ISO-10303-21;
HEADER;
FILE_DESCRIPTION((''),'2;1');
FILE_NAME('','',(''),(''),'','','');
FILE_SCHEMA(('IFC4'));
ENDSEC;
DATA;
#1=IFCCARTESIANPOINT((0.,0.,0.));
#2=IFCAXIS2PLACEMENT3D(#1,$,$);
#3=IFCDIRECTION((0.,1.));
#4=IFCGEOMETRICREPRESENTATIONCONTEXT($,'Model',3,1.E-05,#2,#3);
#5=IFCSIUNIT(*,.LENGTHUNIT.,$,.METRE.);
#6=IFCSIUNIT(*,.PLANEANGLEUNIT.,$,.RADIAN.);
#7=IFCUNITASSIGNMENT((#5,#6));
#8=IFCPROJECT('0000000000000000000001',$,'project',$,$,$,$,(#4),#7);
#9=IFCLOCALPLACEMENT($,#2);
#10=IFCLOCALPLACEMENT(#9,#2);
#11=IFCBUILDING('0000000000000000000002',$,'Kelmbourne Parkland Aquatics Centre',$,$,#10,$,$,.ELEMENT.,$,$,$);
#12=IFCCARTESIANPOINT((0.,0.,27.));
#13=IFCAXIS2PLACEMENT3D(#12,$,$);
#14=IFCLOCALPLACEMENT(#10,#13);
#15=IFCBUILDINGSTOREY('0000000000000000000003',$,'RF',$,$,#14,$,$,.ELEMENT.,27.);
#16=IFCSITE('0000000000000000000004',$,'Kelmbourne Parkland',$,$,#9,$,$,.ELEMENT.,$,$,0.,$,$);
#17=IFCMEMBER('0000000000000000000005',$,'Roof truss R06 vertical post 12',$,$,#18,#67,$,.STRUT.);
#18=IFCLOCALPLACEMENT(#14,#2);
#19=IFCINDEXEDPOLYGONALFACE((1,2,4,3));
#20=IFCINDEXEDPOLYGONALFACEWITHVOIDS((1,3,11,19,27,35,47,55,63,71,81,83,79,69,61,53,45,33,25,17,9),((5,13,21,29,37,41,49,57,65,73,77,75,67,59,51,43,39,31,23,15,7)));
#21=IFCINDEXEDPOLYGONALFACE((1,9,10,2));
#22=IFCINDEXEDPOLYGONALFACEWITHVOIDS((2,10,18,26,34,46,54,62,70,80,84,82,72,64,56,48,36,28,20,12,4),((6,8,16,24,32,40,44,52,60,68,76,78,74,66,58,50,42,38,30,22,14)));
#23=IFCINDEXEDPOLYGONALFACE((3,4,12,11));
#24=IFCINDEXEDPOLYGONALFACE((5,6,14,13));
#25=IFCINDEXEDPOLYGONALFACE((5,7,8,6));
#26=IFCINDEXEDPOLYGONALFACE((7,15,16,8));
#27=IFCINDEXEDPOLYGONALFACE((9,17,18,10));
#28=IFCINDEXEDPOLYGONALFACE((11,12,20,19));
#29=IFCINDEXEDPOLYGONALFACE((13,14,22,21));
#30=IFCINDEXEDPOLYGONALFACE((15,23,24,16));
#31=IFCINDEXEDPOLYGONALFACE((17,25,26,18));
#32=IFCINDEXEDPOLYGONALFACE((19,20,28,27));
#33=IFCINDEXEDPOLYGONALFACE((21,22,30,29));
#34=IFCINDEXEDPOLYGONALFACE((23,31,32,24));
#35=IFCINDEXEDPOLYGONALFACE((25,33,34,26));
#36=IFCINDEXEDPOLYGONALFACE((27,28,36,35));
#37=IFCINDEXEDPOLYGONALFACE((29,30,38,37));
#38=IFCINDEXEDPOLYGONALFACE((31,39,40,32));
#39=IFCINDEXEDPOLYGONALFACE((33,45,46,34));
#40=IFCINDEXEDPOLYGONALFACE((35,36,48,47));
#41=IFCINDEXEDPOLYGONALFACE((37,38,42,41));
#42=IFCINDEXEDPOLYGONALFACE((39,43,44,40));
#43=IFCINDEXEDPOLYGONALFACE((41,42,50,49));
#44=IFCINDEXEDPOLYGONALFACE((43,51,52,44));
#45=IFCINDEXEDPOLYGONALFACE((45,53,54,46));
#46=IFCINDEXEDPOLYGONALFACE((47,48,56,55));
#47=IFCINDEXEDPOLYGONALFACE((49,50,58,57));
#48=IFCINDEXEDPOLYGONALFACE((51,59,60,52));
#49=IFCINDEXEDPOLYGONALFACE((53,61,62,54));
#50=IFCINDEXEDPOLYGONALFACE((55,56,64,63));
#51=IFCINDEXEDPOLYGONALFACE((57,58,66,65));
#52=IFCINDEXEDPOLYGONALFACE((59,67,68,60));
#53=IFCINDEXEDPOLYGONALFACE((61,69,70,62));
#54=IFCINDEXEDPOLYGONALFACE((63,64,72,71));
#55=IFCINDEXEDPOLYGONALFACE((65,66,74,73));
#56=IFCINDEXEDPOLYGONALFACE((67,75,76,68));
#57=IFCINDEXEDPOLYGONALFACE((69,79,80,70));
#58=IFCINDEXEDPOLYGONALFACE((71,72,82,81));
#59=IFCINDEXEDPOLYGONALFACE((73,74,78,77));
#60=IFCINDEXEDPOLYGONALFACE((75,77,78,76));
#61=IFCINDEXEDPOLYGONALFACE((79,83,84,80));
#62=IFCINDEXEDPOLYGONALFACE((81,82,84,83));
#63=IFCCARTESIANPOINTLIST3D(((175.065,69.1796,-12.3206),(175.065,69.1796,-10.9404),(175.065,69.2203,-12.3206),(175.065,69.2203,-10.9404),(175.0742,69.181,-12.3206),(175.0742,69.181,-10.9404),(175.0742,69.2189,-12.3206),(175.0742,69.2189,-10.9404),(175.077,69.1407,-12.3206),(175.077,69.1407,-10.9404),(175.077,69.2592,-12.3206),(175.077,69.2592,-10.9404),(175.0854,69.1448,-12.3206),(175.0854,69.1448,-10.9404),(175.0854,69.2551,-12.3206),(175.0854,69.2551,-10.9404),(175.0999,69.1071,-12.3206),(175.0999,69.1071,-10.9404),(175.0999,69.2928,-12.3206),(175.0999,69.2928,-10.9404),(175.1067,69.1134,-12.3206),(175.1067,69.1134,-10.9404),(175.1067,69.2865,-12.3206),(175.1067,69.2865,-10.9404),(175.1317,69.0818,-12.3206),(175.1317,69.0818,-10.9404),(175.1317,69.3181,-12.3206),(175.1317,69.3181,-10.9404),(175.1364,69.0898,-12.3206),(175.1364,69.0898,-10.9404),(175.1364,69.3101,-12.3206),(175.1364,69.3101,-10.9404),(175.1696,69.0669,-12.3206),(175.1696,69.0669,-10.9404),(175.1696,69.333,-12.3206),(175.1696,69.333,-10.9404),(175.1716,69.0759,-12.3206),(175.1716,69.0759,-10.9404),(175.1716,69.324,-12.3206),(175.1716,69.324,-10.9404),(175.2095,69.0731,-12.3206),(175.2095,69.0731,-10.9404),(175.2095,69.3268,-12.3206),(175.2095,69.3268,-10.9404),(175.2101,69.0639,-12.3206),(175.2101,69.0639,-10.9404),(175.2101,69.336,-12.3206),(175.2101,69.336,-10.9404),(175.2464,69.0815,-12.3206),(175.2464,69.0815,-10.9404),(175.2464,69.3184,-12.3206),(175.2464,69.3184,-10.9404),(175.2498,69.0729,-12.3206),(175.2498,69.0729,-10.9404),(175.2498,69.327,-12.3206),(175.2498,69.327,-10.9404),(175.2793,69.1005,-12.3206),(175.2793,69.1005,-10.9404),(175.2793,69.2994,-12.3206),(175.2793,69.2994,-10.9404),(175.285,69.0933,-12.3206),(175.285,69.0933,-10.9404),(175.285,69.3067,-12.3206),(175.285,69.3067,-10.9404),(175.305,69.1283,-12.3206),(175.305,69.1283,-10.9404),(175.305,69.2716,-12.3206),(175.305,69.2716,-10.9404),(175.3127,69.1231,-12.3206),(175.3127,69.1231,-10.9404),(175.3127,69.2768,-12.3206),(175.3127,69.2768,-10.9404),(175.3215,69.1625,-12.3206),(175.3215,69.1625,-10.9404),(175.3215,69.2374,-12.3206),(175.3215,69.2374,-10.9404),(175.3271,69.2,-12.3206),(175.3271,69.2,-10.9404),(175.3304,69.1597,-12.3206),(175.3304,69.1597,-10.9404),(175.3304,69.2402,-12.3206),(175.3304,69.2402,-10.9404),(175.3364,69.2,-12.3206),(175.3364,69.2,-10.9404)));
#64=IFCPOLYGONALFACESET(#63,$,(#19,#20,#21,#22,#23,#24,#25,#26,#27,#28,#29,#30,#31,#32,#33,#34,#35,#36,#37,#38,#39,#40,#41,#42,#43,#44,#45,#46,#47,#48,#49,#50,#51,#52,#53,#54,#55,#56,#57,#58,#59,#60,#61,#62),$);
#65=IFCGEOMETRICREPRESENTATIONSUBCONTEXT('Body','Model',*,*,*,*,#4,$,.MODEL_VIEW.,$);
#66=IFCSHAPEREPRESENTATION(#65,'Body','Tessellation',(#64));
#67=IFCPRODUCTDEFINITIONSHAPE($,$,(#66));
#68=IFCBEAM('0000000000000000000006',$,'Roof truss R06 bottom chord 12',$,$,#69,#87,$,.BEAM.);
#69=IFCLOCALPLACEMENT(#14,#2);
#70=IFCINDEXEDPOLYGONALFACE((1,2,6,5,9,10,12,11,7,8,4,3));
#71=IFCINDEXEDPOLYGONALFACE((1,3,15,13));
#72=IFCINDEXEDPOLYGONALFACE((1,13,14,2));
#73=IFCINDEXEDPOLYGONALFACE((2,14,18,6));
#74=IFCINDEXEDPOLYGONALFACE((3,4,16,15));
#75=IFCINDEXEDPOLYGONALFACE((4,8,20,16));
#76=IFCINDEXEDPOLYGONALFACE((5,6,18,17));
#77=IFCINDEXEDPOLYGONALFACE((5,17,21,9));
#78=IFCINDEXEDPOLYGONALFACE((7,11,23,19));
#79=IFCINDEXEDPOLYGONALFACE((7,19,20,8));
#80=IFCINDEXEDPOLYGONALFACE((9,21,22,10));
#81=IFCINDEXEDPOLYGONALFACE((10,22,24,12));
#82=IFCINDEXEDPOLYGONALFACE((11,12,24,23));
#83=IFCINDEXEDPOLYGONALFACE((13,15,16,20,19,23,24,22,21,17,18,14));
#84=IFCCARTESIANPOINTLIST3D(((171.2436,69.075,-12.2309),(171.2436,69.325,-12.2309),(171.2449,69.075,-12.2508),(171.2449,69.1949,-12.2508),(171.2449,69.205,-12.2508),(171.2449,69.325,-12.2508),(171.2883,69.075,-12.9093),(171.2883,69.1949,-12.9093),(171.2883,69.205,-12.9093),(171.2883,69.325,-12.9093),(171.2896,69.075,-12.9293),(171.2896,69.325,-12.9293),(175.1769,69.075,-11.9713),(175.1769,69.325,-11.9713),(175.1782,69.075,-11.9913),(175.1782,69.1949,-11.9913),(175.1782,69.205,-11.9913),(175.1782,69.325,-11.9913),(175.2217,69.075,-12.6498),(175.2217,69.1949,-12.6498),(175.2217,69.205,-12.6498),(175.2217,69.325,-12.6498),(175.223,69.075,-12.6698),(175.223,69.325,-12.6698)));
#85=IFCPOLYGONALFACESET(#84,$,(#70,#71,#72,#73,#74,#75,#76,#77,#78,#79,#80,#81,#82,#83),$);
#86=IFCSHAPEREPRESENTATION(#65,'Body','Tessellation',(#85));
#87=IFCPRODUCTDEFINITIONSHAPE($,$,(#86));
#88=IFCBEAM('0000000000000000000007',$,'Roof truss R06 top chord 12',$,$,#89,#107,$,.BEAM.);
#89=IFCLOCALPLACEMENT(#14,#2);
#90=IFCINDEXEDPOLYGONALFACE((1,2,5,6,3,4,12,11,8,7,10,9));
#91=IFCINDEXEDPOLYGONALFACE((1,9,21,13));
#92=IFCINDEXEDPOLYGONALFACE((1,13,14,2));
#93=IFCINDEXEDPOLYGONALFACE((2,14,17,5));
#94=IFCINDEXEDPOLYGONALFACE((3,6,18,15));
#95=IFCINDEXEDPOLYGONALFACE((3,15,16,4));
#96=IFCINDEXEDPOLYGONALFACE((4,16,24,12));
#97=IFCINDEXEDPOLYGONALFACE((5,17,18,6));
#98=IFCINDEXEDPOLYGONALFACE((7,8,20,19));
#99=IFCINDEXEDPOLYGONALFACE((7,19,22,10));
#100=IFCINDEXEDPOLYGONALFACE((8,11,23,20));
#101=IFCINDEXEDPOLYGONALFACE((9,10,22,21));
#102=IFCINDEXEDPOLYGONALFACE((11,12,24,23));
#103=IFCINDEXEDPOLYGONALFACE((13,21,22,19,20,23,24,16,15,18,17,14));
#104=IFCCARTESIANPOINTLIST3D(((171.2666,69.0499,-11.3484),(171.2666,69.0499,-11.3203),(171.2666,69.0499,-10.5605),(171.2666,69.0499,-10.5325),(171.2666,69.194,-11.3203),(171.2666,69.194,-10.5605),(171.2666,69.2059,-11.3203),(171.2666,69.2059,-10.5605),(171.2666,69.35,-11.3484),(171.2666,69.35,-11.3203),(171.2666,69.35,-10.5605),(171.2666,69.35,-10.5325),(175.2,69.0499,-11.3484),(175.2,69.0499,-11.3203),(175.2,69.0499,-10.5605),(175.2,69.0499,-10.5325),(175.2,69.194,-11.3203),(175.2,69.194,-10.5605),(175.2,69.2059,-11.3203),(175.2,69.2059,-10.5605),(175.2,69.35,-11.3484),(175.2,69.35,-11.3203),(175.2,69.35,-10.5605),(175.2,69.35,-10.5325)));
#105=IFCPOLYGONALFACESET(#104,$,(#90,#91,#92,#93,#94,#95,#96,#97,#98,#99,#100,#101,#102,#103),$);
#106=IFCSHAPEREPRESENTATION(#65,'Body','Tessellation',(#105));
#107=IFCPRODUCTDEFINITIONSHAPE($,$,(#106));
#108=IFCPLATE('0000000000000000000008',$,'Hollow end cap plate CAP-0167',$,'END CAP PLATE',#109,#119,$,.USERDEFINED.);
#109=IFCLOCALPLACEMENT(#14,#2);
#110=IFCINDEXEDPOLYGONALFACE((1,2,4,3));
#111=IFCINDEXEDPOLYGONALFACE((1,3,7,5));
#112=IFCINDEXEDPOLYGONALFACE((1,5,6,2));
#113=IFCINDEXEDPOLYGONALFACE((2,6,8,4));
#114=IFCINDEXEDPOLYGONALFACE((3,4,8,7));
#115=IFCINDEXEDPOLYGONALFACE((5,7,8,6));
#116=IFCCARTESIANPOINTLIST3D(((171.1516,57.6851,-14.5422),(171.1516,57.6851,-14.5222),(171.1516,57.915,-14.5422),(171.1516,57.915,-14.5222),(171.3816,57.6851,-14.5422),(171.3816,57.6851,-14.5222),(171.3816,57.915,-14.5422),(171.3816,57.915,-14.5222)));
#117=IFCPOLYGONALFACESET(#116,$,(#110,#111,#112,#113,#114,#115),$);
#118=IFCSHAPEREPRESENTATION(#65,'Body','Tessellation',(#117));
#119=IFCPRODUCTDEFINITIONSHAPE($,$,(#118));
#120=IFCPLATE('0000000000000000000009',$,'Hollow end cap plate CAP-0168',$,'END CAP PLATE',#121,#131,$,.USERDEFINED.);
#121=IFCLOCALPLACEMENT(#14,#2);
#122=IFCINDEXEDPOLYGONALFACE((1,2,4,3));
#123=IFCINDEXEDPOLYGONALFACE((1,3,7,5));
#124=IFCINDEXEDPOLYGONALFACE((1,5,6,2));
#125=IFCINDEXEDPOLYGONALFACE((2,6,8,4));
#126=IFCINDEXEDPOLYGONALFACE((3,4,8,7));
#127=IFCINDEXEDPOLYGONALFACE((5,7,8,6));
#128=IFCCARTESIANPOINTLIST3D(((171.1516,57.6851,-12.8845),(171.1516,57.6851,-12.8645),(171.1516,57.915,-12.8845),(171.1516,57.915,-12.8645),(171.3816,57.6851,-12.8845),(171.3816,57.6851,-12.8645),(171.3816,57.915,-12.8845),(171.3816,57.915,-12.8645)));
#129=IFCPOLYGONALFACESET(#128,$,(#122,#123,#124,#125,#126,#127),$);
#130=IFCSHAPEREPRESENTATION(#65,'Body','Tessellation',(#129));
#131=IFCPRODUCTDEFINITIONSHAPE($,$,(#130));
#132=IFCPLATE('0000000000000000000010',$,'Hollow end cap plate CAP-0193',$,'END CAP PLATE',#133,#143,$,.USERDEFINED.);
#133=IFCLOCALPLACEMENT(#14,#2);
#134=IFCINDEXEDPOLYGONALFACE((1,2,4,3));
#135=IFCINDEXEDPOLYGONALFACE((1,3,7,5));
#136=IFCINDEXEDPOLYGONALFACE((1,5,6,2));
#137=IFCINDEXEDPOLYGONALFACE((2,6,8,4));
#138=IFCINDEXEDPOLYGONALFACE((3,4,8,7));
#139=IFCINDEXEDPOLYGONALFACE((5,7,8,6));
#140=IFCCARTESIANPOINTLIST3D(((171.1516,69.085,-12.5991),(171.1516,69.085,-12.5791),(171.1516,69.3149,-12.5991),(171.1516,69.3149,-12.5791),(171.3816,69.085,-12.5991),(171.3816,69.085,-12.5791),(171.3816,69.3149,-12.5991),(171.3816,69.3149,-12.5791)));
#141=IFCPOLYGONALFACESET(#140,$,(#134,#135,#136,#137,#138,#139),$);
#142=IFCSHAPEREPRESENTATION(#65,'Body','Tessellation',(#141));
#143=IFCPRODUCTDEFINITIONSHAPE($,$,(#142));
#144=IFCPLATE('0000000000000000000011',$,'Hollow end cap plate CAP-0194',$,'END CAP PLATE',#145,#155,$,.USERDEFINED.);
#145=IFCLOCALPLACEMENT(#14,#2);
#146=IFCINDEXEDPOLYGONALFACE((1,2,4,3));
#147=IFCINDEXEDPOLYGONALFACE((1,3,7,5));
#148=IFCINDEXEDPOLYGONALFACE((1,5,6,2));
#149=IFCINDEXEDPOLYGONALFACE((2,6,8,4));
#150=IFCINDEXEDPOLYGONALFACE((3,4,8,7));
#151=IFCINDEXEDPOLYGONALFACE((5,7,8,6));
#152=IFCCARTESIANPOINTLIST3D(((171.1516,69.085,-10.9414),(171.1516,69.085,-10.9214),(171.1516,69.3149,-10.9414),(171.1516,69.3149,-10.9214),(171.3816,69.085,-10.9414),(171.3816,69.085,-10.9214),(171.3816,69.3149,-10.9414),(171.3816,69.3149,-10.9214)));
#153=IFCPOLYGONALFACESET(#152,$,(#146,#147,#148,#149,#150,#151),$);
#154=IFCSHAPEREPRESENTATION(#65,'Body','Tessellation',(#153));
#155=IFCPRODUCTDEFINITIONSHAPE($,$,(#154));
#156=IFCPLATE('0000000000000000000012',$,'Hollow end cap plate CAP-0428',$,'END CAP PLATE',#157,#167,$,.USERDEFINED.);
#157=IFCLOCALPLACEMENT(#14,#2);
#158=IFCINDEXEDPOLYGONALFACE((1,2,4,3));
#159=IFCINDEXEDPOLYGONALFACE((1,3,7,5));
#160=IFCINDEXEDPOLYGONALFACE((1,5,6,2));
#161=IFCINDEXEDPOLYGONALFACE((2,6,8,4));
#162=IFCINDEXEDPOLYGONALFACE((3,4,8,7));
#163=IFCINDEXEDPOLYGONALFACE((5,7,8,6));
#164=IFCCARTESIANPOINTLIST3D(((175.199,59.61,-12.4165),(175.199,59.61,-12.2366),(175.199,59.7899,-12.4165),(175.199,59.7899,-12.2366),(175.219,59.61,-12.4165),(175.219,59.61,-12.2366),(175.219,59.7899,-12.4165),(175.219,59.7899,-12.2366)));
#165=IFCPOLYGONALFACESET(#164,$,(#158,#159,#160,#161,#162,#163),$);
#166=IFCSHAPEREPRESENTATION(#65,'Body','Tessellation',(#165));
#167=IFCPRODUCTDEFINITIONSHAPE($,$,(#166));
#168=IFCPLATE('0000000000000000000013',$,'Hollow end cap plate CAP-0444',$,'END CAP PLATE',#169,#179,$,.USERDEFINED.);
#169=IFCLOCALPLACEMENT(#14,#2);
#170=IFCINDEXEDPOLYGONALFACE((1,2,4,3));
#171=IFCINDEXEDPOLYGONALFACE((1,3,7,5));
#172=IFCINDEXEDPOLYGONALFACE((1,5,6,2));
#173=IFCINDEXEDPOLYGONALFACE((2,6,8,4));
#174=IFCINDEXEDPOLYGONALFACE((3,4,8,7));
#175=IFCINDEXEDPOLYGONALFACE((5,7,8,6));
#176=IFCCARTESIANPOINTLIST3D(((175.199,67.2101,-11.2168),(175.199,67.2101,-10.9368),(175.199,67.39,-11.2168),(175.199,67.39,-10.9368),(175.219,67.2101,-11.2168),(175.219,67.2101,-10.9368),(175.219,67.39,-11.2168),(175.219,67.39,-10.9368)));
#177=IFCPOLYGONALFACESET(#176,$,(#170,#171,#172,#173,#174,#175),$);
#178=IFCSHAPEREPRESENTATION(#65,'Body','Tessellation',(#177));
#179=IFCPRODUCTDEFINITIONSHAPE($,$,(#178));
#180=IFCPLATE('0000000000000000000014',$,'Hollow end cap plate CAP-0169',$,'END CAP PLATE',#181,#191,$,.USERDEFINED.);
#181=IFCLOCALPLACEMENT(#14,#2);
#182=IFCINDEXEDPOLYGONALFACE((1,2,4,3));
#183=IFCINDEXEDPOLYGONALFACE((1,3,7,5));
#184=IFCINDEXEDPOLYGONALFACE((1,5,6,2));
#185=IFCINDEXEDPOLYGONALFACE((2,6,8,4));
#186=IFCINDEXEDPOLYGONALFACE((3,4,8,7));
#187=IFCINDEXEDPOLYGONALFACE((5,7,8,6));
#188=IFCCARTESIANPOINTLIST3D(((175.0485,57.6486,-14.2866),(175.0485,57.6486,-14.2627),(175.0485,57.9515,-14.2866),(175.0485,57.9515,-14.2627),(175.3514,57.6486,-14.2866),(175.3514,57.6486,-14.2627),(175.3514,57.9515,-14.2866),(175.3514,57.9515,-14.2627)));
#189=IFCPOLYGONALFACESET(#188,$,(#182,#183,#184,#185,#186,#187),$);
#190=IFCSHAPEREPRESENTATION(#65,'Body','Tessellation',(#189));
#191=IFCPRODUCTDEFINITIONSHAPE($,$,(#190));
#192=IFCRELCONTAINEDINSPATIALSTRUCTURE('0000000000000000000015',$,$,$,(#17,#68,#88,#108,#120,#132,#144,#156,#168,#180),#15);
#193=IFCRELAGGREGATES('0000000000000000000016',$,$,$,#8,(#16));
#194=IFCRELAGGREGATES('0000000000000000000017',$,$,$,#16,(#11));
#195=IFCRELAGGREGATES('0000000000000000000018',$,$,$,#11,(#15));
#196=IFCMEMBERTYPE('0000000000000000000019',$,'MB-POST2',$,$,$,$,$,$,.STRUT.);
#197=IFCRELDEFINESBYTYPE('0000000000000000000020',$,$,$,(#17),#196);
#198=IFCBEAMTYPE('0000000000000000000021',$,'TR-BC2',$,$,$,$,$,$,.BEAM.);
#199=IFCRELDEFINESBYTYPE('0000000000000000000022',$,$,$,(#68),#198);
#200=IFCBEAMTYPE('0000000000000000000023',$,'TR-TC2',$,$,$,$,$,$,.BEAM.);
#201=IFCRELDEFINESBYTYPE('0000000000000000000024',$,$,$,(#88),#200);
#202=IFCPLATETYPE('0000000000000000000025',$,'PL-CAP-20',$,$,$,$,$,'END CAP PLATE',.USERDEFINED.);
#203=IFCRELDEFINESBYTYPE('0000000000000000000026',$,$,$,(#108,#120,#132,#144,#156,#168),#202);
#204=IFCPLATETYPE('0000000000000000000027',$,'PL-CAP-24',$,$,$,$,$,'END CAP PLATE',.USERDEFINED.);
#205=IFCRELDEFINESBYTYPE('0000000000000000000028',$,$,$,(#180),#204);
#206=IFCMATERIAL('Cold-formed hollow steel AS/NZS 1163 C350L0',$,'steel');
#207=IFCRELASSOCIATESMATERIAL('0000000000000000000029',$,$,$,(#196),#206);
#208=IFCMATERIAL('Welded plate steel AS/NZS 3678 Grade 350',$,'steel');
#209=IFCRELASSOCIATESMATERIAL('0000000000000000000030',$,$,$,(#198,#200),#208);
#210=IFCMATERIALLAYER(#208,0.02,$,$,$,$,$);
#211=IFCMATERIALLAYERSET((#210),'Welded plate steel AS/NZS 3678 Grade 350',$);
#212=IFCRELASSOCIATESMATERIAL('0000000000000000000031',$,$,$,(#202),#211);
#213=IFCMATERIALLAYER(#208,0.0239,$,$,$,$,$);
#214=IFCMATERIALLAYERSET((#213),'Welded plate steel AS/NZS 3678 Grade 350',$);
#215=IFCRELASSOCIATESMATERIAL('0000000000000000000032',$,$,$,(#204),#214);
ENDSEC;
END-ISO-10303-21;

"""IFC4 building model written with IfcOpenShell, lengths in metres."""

from ifc_helpers import new_model, si_unit, direction, frame, origin, origin_2d, place, context, subcontext, project, spatial, rectangle, hollow_circle, i_section, extrude, material, layer, layer_set, material_profile, profile_set, type_object, element, save


model = new_model("IFC4")

# Units and contexts
model_context = context("Model", 3, precision=1e-05, world=origin(), true_north=direction((0.0, 1.0)))
body_context = subcontext(model_context, "Body", "Model", "MODEL_VIEW")
ifc_project = project(units=[si_unit("LENGTHUNIT", "METRE"), si_unit("PLANEANGLEUNIT", "RADIAN")], contexts=[model_context])

# Site, building, storey
site_placement = place(None, origin())
site = spatial("IfcSite", under=ifc_project, at=site_placement, Name="Kelmbourne Parkland", CompositionType="ELEMENT", RefElevation=0.0)
building_placement = place(site_placement, origin())
building = spatial("IfcBuilding", under=site, at=building_placement, Name="Kelmbourne Parkland Aquatics Centre", CompositionType="ELEMENT")
storey_placement = place(building_placement, frame((0.0, 0.0, 27.0)))
storey = spatial("IfcBuildingStorey", under=building, at=storey_placement, Name="RF", CompositionType="ELEMENT", Elevation=27.0)

# Member
ifc_material_1 = material(Name="Cold-formed hollow steel AS/NZS 1163 C350L0", Category="steel")
ifc_material_profile_1 = material_profile(ifc_material_1, hollow_circle(Radius=0.1365, WallThickness=0.0093, at=origin_2d()), Name="CHS 273.1x9.3")
ifc_profile_set_1 = profile_set([ifc_material_profile_1], Name="Cold-formed hollow steel AS/NZS 1163 C350L0")
member_type_1 = type_object("IfcMemberType", Name="MB-POST2", PredefinedType="STRUT", material=ifc_profile_set_1)
for number, where, z_axis, x_axis, name in (
    (1, (175.2, 69.2, -12.3206), (0.0, 0.0, 1.0), (1.0, 0.0, 0.0), "Roof truss R06 vertical post 12"),
):
    element("IfcMember", number, at=place(storey_placement, frame(where, z_axis=z_axis, x_axis=x_axis)), inside=storey, type_object=member_type_1, Name=name, PredefinedType="STRUT", context=body_context, shape_type="SweptSolid", body=[
        extrude(hollow_circle(Radius=0.1365, WallThickness=0.0093, at=origin_2d()), origin(), (0.0, 0.0, 1.0), 1.3801),
    ])

# Beams
ifc_material_2 = material(Name="Welded plate steel AS/NZS 3678 Grade 350", Category="steel")
ifc_material_profile_2 = material_profile(ifc_material_2, i_section(OverallWidth=0.25, OverallDepth=0.7, WebThickness=0.01, FlangeThickness=0.02, at=origin_2d()), Name="700WB130")
ifc_profile_set_2 = profile_set([ifc_material_profile_2], Name="Welded plate steel AS/NZS 3678 Grade 350")
beam_type_1 = type_object("IfcBeamType", Name="TR-BC2", PredefinedType="BEAM", material=ifc_profile_set_2)
beam_1_placement = place(storey_placement, frame((171.2666, 69.2, -12.5801), z_axis=(0.99783, 0.0, 0.065837), x_axis=(0.0, 1.0, 0.0)))
element("IfcBeam", 2, at=beam_1_placement, inside=storey, type_object=beam_type_1, Name="Roof truss R06 bottom chord 12", PredefinedType="BEAM", context=body_context, shape_type="SweptSolid", body=[
    extrude(i_section(OverallWidth=0.25, OverallDepth=0.7, WebThickness=0.01, FlangeThickness=0.02, at=origin_2d()), origin(), (0.0, 0.0, 1.0), 3.9419),
])
ifc_material_profile_3 = material_profile(ifc_material_2, i_section(OverallWidth=0.3, OverallDepth=0.8159, WebThickness=0.012, FlangeThickness=0.0281, at=origin_2d()), Name="800WB192")
ifc_profile_set_3 = profile_set([ifc_material_profile_3], Name="Welded plate steel AS/NZS 3678 Grade 350")
beam_type_2 = type_object("IfcBeamType", Name="TR-TC2", PredefinedType="BEAM", material=ifc_profile_set_3)
beam_2_placement = place(storey_placement, frame((171.2666, 69.2, -10.9404), z_axis=(1.0, 0.0, 0.0), x_axis=(0.0, 1.0, 0.0)))
element("IfcBeam", 3, at=beam_2_placement, inside=storey, type_object=beam_type_2, Name="Roof truss R06 top chord 12", PredefinedType="BEAM", context=body_context, shape_type="SweptSolid", body=[
    extrude(i_section(OverallWidth=0.3, OverallDepth=0.8159, WebThickness=0.012, FlangeThickness=0.0281, at=origin_2d()), origin(), (0.0, 0.0, 1.0), 3.9333),
])

# Plates
ifc_layer_1 = layer(ifc_material_2, 0.02)
ifc_layer_set_1 = layer_set([ifc_layer_1], Name="Welded plate steel AS/NZS 3678 Grade 350")
plate_type_1 = type_object("IfcPlateType", Name="PL-CAP-20", ElementType="END CAP PLATE", PredefinedType="USERDEFINED", material=ifc_layer_set_1)
for number, where, z_axis, x_axis, name in (
    (4, (171.2666, 57.8, -14.5422), (0.0, 0.0, 1.0), (1.0, 0.0, 0.0), "Hollow end cap plate CAP-0167"),
    (5, (171.2666, 57.8, -12.8845), (0.0, 0.0, 1.0), (1.0, 0.0, 0.0), "Hollow end cap plate CAP-0168"),
    (6, (171.2666, 69.2, -12.5991), (0.0, 0.0, 1.0), (1.0, 0.0, 0.0), "Hollow end cap plate CAP-0193"),
    (7, (171.2666, 69.2, -10.9414), (0.0, 0.0, 1.0), (1.0, 0.0, 0.0), "Hollow end cap plate CAP-0194"),
):
    element("IfcPlate", number, at=place(storey_placement, frame(where, z_axis=z_axis, x_axis=x_axis)), inside=storey, type_object=plate_type_1, Name=name, ObjectType="END CAP PLATE", PredefinedType="USERDEFINED", context=body_context, shape_type="SweptSolid", body=[
        extrude(rectangle(XDim=0.23, YDim=0.23, at=origin_2d()), origin(), (0.0, 0.0, 1.0), 0.02),
    ])
plate_1_placement = place(storey_placement, frame((175.209, 59.7, -12.4165), z_axis=(0.0, 0.0, 1.0), x_axis=(1.0, 0.0, 0.0)))
element("IfcPlate", 8, at=plate_1_placement, inside=storey, type_object=plate_type_1, Name="Hollow end cap plate CAP-0428", ObjectType="END CAP PLATE", PredefinedType="USERDEFINED", context=body_context, shape_type="SweptSolid", body=[
    extrude(rectangle(XDim=0.02, YDim=0.1799, at=origin_2d()), origin(), (0.0, 0.0, 1.0), 0.1799),
])
plate_2_placement = place(storey_placement, frame((175.209, 67.3, -11.2168), z_axis=(0.0, 0.0, 1.0), x_axis=(1.0, 0.0, 0.0)))
element("IfcPlate", 9, at=plate_2_placement, inside=storey, type_object=plate_type_1, Name="Hollow end cap plate CAP-0444", ObjectType="END CAP PLATE", PredefinedType="USERDEFINED", context=body_context, shape_type="SweptSolid", body=[
    extrude(rectangle(XDim=0.02, YDim=0.1799, at=origin_2d()), origin(), (0.0, 0.0, 1.0), 0.28),
])
ifc_layer_2 = layer(ifc_material_2, 0.0239)
ifc_layer_set_2 = layer_set([ifc_layer_2], Name="Welded plate steel AS/NZS 3678 Grade 350")
plate_type_2 = type_object("IfcPlateType", Name="PL-CAP-24", ElementType="END CAP PLATE", PredefinedType="USERDEFINED", material=ifc_layer_set_2)
for number, where, z_axis, x_axis, name in (
    (10, (175.2, 57.8, -14.2866), (0.0, 0.0, 1.0), (1.0, 0.0, 0.0), "Hollow end cap plate CAP-0169"),
):
    element("IfcPlate", number, at=place(storey_placement, frame(where, z_axis=z_axis, x_axis=x_axis)), inside=storey, type_object=plate_type_2, Name=name, ObjectType="END CAP PLATE", PredefinedType="USERDEFINED", context=body_context, shape_type="SweptSolid", body=[
        extrude(rectangle(XDim=0.303, YDim=0.303, at=origin_2d()), origin(), (0.0, 0.0, 1.0), 0.0239),
    ])

save(model, "model.ifc")
